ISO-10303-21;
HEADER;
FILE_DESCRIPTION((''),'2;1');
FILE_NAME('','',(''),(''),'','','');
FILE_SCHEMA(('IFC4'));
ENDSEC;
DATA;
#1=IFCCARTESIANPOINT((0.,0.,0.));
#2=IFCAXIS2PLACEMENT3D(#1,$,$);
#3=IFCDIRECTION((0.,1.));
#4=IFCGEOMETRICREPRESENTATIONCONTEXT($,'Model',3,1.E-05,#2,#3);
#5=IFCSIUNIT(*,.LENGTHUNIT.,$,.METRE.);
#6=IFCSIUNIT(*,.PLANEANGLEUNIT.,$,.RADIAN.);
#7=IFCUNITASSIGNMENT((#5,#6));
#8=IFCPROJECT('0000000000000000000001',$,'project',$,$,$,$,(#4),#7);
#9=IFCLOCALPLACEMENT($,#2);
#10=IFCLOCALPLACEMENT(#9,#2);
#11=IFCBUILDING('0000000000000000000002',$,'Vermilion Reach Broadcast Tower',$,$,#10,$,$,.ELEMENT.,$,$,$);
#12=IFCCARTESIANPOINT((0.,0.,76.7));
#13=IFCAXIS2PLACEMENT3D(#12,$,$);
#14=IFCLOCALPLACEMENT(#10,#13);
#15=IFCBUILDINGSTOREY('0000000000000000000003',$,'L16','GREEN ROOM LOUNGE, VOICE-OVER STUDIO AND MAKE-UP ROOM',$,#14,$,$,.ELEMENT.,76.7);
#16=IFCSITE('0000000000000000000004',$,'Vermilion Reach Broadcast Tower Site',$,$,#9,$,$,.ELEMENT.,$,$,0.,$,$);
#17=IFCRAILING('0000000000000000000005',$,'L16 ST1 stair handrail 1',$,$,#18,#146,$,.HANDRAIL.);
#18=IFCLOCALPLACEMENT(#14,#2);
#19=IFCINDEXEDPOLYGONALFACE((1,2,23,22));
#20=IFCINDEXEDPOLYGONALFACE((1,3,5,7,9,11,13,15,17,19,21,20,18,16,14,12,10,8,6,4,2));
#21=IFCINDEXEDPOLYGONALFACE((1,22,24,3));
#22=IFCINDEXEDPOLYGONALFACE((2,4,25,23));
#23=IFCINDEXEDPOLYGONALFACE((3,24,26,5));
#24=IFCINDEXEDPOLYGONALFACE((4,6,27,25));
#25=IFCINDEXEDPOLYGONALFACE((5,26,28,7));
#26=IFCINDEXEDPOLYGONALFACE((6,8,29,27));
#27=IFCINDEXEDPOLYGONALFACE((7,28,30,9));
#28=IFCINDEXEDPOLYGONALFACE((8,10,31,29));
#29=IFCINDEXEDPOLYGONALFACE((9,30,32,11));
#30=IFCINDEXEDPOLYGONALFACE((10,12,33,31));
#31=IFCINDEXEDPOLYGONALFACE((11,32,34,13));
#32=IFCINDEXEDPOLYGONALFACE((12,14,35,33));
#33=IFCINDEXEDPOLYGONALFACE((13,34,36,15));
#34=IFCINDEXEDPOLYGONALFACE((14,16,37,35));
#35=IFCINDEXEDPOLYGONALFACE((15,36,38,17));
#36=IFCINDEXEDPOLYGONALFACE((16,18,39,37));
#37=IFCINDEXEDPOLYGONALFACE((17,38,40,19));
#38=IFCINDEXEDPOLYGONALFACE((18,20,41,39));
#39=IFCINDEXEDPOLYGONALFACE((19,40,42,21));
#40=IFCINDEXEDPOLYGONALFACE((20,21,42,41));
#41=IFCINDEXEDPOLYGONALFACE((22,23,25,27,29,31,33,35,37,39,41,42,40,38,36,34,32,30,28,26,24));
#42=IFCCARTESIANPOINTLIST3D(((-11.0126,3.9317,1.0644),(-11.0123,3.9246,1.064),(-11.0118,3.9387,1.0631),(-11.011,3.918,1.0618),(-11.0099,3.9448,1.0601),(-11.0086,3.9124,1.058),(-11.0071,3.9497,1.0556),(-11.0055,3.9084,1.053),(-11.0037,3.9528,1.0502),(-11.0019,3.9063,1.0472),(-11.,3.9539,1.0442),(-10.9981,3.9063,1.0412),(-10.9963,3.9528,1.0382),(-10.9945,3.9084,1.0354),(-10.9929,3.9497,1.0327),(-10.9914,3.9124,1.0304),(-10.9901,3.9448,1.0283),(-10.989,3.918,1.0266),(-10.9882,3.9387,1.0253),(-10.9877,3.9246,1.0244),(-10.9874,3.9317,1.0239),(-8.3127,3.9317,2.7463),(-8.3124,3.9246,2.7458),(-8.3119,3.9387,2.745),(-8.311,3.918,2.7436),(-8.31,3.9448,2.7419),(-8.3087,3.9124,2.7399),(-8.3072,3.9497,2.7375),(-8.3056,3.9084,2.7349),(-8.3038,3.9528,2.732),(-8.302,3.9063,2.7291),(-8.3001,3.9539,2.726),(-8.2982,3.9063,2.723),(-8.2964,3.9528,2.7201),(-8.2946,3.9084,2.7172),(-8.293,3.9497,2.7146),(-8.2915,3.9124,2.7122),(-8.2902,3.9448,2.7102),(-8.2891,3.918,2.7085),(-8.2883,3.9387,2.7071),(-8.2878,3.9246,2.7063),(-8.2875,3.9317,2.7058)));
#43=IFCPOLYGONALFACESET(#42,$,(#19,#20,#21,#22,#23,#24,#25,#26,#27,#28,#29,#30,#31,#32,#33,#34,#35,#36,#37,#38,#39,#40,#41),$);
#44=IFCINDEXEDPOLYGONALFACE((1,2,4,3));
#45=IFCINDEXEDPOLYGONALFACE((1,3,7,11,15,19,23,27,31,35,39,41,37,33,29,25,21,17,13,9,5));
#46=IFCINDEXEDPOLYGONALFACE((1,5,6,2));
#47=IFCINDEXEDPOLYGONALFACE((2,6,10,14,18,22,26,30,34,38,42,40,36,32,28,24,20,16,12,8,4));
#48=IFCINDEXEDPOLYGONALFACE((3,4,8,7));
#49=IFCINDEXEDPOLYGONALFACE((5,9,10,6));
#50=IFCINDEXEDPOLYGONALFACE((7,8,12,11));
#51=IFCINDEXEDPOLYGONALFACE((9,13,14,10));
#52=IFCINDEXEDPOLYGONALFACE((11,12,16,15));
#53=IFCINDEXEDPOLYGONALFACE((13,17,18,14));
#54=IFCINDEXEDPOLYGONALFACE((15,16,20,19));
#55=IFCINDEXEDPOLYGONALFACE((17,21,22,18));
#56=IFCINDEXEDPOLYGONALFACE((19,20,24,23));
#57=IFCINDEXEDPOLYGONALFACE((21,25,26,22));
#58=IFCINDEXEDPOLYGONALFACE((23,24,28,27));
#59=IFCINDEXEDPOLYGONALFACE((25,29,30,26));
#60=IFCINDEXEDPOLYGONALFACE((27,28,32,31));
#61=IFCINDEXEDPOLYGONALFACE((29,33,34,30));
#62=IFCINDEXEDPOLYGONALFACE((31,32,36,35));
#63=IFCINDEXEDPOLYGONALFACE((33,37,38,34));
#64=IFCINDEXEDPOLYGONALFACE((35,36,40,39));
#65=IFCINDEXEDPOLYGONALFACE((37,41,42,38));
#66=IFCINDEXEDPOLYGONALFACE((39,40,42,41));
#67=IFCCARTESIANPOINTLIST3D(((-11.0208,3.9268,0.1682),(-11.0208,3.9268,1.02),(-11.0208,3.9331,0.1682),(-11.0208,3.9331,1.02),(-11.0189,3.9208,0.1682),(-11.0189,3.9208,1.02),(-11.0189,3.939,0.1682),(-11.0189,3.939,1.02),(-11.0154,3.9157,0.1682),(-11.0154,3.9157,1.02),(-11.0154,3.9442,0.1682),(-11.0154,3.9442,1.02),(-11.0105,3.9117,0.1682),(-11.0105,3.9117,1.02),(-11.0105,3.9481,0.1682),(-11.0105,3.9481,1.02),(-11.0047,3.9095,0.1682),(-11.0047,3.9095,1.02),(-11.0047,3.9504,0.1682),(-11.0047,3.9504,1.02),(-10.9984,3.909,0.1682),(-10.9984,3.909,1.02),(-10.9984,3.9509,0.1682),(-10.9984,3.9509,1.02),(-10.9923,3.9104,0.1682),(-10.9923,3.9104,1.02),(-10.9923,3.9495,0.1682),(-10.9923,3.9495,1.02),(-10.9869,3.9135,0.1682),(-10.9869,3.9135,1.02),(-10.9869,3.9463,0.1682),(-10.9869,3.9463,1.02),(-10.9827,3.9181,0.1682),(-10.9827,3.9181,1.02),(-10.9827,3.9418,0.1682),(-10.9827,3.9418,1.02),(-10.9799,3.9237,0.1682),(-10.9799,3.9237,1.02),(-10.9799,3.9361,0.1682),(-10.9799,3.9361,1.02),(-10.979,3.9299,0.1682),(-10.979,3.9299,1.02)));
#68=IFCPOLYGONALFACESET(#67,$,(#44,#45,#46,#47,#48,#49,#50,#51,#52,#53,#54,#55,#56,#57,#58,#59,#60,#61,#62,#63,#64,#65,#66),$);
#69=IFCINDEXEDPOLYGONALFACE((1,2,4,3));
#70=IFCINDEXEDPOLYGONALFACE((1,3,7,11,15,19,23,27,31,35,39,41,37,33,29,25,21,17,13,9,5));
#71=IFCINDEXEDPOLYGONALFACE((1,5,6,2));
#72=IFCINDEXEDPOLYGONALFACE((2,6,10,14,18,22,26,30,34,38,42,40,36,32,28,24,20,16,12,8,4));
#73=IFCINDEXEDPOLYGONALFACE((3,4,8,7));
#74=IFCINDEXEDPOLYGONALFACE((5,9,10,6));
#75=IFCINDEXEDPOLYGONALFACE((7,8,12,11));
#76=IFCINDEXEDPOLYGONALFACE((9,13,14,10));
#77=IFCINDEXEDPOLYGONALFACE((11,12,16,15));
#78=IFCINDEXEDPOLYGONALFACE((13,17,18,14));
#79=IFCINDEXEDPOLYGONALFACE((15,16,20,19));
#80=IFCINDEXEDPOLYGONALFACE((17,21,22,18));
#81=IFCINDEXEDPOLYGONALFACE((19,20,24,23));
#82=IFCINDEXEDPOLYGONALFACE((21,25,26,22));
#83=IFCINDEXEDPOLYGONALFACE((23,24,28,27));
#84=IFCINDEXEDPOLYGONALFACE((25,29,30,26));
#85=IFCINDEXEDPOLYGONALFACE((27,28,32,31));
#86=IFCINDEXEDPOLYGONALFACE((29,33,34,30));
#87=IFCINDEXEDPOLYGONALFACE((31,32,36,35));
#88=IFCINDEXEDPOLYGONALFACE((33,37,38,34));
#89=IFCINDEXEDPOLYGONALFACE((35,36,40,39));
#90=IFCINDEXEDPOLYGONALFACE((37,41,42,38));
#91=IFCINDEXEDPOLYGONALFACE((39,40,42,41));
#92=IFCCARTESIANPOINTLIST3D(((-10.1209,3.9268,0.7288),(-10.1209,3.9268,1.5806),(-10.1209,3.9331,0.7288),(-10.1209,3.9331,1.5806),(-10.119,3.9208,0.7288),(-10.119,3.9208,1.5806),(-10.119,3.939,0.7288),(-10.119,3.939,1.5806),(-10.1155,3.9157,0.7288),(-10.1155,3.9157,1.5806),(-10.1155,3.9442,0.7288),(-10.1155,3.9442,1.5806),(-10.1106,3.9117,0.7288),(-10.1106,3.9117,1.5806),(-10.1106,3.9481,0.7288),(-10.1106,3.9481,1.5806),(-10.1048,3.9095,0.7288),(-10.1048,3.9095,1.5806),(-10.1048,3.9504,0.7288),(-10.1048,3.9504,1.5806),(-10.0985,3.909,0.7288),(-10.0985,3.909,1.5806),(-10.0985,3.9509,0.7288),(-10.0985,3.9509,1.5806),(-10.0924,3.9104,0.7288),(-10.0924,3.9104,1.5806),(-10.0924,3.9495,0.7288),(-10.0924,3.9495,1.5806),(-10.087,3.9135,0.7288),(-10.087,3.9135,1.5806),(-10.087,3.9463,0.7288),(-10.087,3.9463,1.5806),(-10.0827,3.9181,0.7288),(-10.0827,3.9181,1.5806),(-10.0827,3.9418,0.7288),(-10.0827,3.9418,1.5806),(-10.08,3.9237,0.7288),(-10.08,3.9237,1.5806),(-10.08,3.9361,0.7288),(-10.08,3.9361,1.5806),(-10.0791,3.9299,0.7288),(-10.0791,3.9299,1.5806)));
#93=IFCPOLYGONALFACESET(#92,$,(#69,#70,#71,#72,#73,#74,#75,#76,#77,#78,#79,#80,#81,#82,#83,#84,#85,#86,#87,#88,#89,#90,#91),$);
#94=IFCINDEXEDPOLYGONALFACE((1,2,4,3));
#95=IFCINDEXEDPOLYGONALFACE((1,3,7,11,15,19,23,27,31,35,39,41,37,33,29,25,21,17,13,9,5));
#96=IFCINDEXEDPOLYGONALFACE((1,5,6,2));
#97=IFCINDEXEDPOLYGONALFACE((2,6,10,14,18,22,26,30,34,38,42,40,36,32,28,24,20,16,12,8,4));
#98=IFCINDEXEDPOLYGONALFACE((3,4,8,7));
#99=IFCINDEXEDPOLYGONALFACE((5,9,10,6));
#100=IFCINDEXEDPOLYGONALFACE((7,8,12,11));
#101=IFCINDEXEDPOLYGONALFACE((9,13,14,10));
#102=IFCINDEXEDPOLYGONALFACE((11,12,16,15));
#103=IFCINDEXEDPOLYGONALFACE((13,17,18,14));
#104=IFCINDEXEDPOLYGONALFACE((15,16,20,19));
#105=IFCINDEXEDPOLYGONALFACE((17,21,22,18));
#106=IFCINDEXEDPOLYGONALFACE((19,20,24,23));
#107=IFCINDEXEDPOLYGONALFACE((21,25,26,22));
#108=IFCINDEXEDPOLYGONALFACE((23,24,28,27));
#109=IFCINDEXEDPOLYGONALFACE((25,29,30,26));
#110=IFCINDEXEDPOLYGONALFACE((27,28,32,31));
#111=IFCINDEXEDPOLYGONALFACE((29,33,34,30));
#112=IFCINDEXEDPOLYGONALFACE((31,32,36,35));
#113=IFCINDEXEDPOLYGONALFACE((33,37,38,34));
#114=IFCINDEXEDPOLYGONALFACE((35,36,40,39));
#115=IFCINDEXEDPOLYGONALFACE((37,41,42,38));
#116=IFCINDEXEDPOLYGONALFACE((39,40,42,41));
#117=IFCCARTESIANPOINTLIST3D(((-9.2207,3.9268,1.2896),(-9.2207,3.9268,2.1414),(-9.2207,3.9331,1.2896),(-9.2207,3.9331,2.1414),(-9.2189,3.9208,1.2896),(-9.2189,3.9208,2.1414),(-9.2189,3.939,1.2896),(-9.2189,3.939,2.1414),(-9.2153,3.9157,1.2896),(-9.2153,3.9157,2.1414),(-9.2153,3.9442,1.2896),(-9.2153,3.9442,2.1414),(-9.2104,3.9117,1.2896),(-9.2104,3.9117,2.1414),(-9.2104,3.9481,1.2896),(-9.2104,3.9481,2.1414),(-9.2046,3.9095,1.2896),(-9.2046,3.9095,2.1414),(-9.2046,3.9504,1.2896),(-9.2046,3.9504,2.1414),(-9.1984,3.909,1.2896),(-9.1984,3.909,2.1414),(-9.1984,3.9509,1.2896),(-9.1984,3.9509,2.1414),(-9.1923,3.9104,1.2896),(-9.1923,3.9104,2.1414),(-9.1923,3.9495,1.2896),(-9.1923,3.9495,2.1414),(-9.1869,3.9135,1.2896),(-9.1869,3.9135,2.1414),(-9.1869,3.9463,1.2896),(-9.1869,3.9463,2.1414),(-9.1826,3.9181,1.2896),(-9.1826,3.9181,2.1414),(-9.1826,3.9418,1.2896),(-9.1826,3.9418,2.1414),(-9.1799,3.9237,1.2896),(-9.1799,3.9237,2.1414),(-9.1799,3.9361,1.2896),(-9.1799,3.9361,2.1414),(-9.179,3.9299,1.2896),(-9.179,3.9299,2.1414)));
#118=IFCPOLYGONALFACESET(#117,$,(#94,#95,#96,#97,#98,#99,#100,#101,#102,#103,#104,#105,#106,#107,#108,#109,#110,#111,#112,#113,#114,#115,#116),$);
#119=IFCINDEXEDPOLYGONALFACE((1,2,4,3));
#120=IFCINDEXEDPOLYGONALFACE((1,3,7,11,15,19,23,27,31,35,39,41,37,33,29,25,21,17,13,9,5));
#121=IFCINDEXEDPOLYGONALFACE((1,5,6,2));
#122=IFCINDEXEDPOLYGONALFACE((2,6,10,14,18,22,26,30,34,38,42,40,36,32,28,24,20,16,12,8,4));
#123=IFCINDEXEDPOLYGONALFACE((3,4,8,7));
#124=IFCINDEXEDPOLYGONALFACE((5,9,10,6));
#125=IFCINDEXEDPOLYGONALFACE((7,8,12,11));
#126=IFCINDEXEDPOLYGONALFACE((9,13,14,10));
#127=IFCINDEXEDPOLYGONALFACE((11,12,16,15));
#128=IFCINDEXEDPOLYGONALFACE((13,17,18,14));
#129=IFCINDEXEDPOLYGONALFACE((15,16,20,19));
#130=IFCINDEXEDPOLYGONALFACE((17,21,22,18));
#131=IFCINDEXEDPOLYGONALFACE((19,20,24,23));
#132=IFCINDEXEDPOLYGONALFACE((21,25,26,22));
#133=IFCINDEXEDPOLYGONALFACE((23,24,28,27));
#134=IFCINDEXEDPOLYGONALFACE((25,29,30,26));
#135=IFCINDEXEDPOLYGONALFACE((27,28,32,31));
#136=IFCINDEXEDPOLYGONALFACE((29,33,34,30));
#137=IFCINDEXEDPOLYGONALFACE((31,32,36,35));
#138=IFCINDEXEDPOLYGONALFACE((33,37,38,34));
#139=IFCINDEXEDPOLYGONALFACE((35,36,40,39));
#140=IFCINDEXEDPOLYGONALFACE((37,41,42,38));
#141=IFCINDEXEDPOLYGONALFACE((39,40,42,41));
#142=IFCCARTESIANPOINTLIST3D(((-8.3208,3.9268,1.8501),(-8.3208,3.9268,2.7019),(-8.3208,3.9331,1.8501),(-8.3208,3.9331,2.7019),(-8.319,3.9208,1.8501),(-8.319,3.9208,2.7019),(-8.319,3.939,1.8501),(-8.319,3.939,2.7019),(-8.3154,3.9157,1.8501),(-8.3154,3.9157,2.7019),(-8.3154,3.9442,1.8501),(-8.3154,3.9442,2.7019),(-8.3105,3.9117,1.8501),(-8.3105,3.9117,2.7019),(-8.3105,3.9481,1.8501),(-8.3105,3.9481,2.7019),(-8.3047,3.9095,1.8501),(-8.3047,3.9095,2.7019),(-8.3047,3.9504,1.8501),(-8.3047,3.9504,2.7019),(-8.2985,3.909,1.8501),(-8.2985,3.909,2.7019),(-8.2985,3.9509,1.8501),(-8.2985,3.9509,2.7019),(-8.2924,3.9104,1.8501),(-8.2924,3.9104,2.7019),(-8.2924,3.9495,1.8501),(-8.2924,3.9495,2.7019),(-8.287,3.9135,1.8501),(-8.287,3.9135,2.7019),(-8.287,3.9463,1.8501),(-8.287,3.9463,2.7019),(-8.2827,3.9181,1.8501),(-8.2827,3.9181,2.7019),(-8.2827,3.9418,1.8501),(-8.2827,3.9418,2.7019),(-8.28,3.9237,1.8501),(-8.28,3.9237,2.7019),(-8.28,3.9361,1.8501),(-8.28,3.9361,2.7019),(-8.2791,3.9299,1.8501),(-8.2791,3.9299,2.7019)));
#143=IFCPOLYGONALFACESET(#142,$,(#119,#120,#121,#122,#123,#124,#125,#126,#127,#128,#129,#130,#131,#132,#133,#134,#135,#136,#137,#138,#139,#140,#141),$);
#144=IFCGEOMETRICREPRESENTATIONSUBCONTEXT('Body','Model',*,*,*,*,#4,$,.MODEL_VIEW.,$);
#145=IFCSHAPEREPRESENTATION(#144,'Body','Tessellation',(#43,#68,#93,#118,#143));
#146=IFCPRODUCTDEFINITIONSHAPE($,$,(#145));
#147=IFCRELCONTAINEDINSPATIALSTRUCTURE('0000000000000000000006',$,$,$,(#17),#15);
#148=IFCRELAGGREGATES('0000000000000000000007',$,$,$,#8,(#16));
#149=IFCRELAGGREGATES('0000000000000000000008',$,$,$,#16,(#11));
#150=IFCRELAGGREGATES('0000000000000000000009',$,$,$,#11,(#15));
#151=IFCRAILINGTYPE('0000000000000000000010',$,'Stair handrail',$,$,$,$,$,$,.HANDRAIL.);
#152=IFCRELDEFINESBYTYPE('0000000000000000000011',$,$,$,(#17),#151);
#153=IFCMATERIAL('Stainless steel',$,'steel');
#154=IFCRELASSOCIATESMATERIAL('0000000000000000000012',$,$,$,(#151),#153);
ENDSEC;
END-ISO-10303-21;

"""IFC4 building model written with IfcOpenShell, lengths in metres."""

from ifc_helpers import new_model, si_unit, direction, frame, origin, origin_2d, place, context, subcontext, project, spatial, circle, extrude, material, type_object, element, save


model = new_model("IFC4")

# Units and contexts
model_context = context("Model", 3, precision=1e-05, world=origin(), true_north=direction((0.0, 1.0)))
body_context = subcontext(model_context, "Body", "Model", "MODEL_VIEW")
ifc_project = project(units=[si_unit("LENGTHUNIT", "METRE"), si_unit("PLANEANGLEUNIT", "RADIAN")], contexts=[model_context])

# Site, building, storey
site_placement = place(None, origin())
site = spatial("IfcSite", under=ifc_project, at=site_placement, Name="Vermilion Reach Broadcast Tower Site", CompositionType="ELEMENT", RefElevation=0.0)
building_placement = place(site_placement, origin())
building = spatial("IfcBuilding", under=site, at=building_placement, Name="Vermilion Reach Broadcast Tower", CompositionType="ELEMENT")
storey_placement = place(building_placement, frame((0.0, 0.0, 76.7)))
storey = spatial("IfcBuildingStorey", under=building, at=storey_placement, Name="L16", Description="GREEN ROOM LOUNGE, VOICE-OVER STUDIO AND MAKE-UP ROOM", CompositionType="ELEMENT", Elevation=76.7)

# Railing
ifc_material_1 = material(Name="Stainless steel", Category="steel")
railing_type_1 = type_object("IfcRailingType", Name="Stair handrail", PredefinedType="HANDRAIL", material=ifc_material_1)
railing_1_placement = place(storey_placement, frame((-11.0, 3.9299, 0.1682)))
element("IfcRailing", 1, at=railing_1_placement, inside=storey, type_object=railing_type_1, Name="L16 ST1 stair handrail 1", PredefinedType="HANDRAIL", context=body_context, shape_type="SweptSolid", body=[
    extrude(circle(Radius=0.0239, at=origin_2d()), frame((0.0, 0.0, 0.876), z_axis=(0.848786, 0.0, 0.528736), x_axis=(0.0, 1.0, 0.0)), (0.0, 0.0, 1.0), 3.1809),
    extrude(circle(Radius=0.021, at=origin_2d()), origin(), (0.0, 0.0, 1.0), 0.8518),
    extrude(circle(Radius=0.021, at=origin_2d()), frame((0.8999, 0.0, 0.5605)), (0.0, 0.0, 1.0), 0.8518),
    extrude(circle(Radius=0.021, at=origin_2d()), frame((1.8, 0.0, 1.1213)), (0.0, 0.0, 1.0), 0.8518),
    extrude(circle(Radius=0.021, at=origin_2d()), frame((2.7, 0.0, 1.6819)), (0.0, 0.0, 1.0), 0.8518),
])

save(model, "model.ifc")
